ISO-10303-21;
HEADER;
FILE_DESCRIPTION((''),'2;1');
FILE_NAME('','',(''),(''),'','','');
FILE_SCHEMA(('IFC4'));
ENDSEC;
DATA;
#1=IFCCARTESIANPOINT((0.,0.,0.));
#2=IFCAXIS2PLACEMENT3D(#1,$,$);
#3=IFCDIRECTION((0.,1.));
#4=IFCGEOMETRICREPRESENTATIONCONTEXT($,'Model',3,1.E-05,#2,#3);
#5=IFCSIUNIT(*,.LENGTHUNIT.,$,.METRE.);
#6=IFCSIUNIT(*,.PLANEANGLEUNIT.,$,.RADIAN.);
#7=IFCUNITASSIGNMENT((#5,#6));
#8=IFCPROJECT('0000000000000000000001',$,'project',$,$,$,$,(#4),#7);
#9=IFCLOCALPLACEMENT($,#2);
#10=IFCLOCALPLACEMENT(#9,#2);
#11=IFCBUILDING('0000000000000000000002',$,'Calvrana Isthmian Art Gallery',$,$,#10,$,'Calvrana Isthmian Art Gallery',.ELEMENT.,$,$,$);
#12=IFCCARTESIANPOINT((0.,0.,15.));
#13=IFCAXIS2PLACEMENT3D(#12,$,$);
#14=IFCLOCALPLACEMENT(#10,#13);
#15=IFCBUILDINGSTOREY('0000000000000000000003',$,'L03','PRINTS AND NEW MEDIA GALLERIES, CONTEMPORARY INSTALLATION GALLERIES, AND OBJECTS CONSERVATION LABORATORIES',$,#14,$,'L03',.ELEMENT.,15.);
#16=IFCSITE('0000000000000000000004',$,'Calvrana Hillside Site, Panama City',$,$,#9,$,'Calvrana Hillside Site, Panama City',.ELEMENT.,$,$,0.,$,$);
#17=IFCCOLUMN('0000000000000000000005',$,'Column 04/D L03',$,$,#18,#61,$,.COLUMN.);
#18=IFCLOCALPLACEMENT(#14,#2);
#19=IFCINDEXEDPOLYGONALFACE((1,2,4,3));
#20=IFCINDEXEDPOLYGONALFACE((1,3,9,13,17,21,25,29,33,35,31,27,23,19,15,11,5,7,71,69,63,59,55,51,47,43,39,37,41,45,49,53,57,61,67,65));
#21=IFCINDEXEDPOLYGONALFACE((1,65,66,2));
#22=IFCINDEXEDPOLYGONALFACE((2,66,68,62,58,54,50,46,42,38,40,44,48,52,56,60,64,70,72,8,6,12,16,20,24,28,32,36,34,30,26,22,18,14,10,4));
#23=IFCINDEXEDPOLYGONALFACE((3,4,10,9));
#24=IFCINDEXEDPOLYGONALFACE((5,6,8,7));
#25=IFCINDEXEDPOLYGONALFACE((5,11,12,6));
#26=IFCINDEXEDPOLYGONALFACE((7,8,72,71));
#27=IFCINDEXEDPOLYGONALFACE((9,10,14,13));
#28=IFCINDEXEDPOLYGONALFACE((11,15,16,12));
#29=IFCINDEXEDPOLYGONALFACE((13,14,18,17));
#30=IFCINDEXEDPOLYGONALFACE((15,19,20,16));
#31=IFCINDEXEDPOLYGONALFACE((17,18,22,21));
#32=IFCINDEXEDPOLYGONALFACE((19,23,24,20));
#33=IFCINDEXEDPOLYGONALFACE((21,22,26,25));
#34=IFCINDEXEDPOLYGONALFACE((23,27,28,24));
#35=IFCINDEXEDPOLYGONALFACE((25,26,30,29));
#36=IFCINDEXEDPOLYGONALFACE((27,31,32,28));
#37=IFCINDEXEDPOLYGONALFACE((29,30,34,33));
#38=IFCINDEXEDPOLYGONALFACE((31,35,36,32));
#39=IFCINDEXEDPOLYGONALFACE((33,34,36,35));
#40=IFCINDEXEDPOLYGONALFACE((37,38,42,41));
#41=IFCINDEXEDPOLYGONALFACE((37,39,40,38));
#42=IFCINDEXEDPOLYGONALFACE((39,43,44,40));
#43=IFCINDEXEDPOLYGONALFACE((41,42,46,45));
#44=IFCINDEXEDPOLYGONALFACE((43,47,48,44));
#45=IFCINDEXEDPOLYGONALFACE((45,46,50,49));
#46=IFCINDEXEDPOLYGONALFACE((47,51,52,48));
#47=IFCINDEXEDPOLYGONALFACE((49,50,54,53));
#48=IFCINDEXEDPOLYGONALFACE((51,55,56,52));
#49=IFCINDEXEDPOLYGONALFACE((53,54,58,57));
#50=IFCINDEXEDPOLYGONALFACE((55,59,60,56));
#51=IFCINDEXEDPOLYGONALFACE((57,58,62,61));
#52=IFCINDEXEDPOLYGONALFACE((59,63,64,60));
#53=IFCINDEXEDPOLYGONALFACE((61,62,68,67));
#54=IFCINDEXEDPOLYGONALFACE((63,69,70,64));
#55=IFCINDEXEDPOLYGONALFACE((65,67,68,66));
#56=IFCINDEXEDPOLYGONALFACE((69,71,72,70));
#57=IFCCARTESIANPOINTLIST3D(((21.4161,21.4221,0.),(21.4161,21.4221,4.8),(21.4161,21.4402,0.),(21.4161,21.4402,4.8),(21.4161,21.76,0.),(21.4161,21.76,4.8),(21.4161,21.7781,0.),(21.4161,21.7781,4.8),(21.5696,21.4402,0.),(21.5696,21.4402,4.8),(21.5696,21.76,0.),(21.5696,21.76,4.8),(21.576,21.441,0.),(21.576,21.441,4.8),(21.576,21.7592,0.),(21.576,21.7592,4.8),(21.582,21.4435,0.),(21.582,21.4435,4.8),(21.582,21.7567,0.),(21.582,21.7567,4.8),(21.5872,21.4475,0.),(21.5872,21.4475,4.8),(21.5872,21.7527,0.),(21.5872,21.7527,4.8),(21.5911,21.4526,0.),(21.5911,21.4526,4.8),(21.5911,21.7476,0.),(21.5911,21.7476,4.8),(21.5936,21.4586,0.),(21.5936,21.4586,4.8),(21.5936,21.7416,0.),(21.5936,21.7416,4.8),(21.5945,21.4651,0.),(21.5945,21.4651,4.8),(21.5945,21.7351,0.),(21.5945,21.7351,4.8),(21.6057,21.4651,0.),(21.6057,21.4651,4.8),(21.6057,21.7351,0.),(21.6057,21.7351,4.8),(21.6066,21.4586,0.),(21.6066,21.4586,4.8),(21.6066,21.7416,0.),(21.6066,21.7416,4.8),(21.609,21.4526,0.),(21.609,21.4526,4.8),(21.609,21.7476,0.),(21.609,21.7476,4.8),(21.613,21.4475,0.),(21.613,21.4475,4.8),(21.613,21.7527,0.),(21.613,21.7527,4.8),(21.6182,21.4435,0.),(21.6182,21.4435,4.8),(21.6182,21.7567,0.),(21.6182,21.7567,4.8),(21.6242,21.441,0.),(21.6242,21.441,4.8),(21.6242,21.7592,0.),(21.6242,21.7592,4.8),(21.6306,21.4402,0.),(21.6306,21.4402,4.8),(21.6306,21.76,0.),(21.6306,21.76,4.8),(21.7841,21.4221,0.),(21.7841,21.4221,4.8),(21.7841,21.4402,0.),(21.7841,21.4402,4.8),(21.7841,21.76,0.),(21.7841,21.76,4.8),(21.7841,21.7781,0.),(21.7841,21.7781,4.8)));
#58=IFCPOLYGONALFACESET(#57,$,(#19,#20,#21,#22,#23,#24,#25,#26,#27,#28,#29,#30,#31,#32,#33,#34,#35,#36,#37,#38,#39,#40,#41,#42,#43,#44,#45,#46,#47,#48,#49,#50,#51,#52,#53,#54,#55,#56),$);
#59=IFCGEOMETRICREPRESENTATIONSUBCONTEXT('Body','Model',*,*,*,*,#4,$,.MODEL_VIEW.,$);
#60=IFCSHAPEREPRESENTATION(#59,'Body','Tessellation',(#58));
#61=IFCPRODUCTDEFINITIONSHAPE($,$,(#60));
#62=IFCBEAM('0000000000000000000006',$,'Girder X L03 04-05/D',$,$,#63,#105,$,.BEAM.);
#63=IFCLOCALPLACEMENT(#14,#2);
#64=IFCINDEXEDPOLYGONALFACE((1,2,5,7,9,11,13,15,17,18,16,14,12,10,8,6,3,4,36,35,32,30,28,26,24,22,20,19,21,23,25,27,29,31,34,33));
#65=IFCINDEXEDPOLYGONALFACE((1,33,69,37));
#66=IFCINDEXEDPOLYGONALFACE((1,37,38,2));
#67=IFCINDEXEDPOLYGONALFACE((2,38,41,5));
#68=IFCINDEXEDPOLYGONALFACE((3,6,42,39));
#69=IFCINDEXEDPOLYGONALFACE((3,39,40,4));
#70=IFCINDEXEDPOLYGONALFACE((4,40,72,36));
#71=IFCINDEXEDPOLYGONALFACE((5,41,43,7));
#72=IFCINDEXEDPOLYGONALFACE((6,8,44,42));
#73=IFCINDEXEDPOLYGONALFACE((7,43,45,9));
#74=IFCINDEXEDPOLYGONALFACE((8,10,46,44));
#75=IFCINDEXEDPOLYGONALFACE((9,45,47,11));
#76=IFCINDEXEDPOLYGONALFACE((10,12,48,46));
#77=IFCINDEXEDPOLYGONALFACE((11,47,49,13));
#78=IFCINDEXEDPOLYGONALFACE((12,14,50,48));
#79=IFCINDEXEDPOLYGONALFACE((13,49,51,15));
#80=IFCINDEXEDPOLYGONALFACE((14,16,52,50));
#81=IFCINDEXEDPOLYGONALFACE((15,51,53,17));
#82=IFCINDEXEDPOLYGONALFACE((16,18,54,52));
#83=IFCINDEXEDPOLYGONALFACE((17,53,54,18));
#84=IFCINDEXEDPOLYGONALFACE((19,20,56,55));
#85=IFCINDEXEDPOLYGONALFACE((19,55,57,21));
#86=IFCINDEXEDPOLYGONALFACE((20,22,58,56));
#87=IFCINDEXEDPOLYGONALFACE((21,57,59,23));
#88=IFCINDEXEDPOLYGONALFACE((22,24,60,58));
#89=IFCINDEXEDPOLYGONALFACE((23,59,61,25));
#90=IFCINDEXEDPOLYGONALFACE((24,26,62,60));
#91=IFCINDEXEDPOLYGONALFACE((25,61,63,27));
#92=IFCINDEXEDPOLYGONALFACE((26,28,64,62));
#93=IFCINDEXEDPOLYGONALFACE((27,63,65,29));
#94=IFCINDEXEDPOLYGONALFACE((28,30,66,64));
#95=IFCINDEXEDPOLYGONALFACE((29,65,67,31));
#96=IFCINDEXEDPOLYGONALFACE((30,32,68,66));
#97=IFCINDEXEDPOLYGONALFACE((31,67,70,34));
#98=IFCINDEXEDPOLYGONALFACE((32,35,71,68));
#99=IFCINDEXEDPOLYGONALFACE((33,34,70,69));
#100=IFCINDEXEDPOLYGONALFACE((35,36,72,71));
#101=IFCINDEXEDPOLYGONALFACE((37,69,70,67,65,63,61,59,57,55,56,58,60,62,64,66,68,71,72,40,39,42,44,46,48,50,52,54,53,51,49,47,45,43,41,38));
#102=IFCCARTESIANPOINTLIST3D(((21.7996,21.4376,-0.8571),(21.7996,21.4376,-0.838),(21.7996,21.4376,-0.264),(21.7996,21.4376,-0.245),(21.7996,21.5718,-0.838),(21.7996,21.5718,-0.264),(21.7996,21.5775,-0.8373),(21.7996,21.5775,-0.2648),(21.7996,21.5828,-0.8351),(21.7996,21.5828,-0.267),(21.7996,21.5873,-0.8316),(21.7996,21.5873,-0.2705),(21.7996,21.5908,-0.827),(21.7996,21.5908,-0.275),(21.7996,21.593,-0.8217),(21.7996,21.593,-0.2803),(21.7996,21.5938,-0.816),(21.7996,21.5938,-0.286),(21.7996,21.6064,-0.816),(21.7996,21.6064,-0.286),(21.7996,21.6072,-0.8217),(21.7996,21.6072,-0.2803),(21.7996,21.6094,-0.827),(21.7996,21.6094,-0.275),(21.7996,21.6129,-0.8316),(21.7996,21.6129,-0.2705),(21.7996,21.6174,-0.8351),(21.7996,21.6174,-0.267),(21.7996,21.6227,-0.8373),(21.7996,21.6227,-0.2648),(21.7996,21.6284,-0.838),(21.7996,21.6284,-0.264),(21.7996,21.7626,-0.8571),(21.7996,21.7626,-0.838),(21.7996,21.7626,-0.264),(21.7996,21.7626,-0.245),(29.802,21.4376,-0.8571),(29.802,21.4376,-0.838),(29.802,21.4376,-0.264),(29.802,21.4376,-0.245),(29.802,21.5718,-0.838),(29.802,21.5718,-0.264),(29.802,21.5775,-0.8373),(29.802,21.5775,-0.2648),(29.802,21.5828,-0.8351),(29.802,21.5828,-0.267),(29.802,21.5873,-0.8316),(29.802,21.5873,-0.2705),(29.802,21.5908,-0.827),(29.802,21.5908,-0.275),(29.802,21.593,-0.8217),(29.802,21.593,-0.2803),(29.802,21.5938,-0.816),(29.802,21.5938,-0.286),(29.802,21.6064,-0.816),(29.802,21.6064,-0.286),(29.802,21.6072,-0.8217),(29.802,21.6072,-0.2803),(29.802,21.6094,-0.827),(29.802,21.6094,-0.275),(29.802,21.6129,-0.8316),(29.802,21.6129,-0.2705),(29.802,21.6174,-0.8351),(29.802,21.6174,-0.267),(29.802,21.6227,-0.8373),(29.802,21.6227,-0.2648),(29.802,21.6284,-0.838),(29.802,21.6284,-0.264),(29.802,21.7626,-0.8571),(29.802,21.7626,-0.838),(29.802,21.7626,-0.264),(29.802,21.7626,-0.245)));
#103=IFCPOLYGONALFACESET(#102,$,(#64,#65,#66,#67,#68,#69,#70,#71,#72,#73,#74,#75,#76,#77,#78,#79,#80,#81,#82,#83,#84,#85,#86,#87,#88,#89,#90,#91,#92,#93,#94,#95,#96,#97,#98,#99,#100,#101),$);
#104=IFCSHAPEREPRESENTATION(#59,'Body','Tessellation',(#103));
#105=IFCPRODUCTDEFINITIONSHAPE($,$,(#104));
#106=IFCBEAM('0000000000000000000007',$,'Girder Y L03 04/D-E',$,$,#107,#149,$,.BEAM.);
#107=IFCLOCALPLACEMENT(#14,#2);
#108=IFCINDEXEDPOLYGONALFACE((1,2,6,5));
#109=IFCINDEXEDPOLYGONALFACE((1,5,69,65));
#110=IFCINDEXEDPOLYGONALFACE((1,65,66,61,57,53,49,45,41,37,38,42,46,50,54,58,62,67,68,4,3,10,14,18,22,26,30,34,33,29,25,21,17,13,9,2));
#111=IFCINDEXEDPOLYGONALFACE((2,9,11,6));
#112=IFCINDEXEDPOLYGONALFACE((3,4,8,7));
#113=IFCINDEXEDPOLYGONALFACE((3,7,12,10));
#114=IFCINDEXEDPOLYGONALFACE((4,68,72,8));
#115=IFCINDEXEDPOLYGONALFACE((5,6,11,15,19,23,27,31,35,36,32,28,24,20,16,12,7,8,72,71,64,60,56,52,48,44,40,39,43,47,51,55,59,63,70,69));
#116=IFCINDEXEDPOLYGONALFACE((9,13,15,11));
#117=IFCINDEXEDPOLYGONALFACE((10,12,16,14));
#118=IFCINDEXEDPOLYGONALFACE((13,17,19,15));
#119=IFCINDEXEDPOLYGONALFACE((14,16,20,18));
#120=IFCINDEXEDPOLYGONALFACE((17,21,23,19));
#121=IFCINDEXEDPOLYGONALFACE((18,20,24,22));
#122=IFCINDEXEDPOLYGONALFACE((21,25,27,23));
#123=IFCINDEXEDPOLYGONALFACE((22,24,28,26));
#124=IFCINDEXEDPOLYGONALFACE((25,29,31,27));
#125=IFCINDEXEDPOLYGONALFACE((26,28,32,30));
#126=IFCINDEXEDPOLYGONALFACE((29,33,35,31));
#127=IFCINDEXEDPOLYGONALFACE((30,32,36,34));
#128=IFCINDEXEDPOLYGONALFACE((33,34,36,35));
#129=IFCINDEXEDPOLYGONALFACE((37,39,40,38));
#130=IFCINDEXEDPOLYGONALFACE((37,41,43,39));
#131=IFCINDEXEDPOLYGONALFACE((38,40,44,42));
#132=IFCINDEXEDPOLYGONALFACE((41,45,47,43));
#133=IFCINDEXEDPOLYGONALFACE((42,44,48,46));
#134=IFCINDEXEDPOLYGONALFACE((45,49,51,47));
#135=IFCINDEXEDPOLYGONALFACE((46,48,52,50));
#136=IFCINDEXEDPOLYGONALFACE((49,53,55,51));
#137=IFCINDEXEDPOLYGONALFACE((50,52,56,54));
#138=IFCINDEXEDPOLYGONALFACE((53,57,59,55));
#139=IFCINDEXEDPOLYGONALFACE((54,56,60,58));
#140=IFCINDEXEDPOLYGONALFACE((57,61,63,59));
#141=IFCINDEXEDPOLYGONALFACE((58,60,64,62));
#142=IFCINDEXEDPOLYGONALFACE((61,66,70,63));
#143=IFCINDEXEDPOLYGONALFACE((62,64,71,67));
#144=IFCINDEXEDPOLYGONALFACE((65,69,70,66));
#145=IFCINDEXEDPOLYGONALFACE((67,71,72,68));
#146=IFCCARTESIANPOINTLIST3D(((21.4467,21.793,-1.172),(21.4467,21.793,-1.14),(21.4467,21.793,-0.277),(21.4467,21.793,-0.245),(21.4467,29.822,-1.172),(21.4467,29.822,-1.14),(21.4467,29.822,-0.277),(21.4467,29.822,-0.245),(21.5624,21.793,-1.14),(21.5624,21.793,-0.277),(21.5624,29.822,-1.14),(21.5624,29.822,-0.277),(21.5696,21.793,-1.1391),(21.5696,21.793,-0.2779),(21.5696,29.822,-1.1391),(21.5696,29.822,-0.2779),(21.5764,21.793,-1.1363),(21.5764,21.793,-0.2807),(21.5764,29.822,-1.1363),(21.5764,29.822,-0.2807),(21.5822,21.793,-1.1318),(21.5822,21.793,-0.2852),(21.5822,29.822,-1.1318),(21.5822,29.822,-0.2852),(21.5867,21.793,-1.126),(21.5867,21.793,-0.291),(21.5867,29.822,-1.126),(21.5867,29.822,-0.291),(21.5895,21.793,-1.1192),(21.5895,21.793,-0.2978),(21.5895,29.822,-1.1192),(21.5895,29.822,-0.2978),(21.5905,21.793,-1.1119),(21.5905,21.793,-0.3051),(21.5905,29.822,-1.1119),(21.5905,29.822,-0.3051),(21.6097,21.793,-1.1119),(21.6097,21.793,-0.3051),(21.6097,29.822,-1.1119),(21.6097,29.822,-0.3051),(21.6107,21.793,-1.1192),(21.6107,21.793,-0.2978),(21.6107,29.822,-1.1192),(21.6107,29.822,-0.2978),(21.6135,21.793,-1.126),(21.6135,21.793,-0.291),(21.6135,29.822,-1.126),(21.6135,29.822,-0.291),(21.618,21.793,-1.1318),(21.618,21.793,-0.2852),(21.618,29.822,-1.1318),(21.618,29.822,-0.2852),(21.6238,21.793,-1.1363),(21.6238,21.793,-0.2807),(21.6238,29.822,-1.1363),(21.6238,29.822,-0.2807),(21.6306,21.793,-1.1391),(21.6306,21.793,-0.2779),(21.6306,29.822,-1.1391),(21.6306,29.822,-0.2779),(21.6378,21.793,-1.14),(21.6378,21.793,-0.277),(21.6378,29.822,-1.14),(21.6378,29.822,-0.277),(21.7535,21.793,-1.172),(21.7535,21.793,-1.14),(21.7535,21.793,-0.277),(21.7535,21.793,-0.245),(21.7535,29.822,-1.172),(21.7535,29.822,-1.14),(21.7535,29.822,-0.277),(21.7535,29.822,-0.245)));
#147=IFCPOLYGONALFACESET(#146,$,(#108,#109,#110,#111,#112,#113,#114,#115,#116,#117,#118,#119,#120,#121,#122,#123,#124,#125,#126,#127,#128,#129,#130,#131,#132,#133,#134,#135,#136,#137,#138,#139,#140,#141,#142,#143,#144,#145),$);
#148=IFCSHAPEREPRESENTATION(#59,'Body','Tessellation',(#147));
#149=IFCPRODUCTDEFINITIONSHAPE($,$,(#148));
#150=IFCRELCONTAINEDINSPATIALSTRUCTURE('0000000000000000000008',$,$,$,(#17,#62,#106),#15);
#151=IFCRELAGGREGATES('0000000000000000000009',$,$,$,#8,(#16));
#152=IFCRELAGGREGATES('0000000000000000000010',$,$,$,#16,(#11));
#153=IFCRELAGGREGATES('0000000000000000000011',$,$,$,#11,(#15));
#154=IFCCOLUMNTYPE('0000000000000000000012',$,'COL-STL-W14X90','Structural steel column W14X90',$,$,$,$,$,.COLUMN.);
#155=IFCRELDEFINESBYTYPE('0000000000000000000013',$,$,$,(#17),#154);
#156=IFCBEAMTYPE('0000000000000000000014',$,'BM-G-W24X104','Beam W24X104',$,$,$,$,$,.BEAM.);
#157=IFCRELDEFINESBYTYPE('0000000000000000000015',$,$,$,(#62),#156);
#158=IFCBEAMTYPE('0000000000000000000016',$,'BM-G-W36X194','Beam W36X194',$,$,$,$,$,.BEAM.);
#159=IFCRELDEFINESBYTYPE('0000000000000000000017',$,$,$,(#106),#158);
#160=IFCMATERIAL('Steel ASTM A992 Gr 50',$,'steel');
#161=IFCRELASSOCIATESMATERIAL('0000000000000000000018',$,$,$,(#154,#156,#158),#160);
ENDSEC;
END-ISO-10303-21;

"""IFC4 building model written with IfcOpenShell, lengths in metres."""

from ifc_helpers import new_model, si_unit, direction, frame, origin, origin_2d, place, context, subcontext, project, spatial, i_section, extrude, material, material_profile, profile_set, type_object, element, save


model = new_model("IFC4")

# Units and contexts
model_context = context("Model", 3, precision=1e-05, world=origin(), true_north=direction((0.0, 1.0)))
body_context = subcontext(model_context, "Body", "Model", "MODEL_VIEW")
ifc_project = project(units=[si_unit("LENGTHUNIT", "METRE"), si_unit("PLANEANGLEUNIT", "RADIAN")], contexts=[model_context])

# Site, building, storey
site_placement = place(None, origin())
site = spatial("IfcSite", under=ifc_project, at=site_placement, Name="Calvrana Hillside Site, Panama City", LongName="Calvrana Hillside Site, Panama City", CompositionType="ELEMENT", RefElevation=0.0)
building_placement = place(site_placement, origin())
building = spatial("IfcBuilding", under=site, at=building_placement, Name="Calvrana Isthmian Art Gallery", LongName="Calvrana Isthmian Art Gallery", CompositionType="ELEMENT")
storey_placement = place(building_placement, frame((0.0, 0.0, 15.0)))
storey = spatial("IfcBuildingStorey", under=building, at=storey_placement, Name="L03", Description="PRINTS AND NEW MEDIA GALLERIES, CONTEMPORARY INSTALLATION GALLERIES, AND OBJECTS CONSERVATION LABORATORIES", LongName="L03", CompositionType="ELEMENT", Elevation=15.0)

# Column
ifc_material_1 = material(Name="Steel ASTM A992 Gr 50", Category="steel")
ifc_material_profile_1 = material_profile(ifc_material_1, i_section(OverallWidth=0.3679, OverallDepth=0.356, WebThickness=0.0112, FlangeThickness=0.0181, FilletRadius=0.0249, at=origin_2d()), Name="W14X90")
ifc_profile_set_1 = profile_set([ifc_material_profile_1], Name="Steel ASTM A992 Gr 50")
column_type = type_object("IfcColumnType", Name="COL-STL-W14X90", Description="Structural steel column W14X90", PredefinedType="COLUMN", material=ifc_profile_set_1)
column_placement = place(storey_placement, frame((21.6001, 21.6001, 0.0), z_axis=(0.0, 0.0, 1.0), x_axis=(1.0, 0.0, 0.0)))
element("IfcColumn", 1, at=column_placement, inside=storey, type_object=column_type, Name="Column 04/D L03", PredefinedType="COLUMN", context=body_context, shape_type="SweptSolid", body=[
    extrude(i_section(OverallWidth=0.3679, OverallDepth=0.356, WebThickness=0.0112, FlangeThickness=0.0181, FilletRadius=0.0249, at=origin_2d()), origin(), (0.0, 0.0, 1.0), 4.8),
])

# Beams
ifc_material_profile_2 = material_profile(ifc_material_1, i_section(OverallWidth=0.325, OverallDepth=0.6121, WebThickness=0.0127, FlangeThickness=0.019, FilletRadius=0.022, at=origin_2d()), Name="W24X104")
ifc_profile_set_2 = profile_set([ifc_material_profile_2], Name="Steel ASTM A992 Gr 50")
beam_type_1 = type_object("IfcBeamType", Name="BM-G-W24X104", Description="Beam W24X104", PredefinedType="BEAM", material=ifc_profile_set_2)
beam_1_placement = place(storey_placement, frame((21.7996, 21.6001, -0.551), z_axis=(1.0, 0.0, 0.0), x_axis=(0.0, 1.0, 0.0)))
element("IfcBeam", 2, at=beam_1_placement, inside=storey, type_object=beam_type_1, Name="Girder X L03 04-05/D", PredefinedType="BEAM", context=body_context, shape_type="SweptSolid", body=[
    extrude(i_section(OverallWidth=0.325, OverallDepth=0.6121, WebThickness=0.0127, FlangeThickness=0.019, FilletRadius=0.022, at=origin_2d()), origin(), (0.0, 0.0, 1.0), 8.0024),
])
ifc_material_profile_3 = material_profile(ifc_material_1, i_section(OverallWidth=0.3069, OverallDepth=0.927, WebThickness=0.0193, FlangeThickness=0.032, FilletRadius=0.0281, at=origin_2d()), Name="W36X194")
ifc_profile_set_3 = profile_set([ifc_material_profile_3], Name="Steel ASTM A992 Gr 50")
beam_type_2 = type_object("IfcBeamType", Name="BM-G-W36X194", Description="Beam W36X194", PredefinedType="BEAM", material=ifc_profile_set_3)
beam_2_placement = place(storey_placement, frame((21.6001, 21.793, -0.7085), z_axis=(0.0, 1.0, 0.0), x_axis=(-1.0, 0.0, 0.0)))
element("IfcBeam", 3, at=beam_2_placement, inside=storey, type_object=beam_type_2, Name="Girder Y L03 04/D-E", PredefinedType="BEAM", context=body_context, shape_type="SweptSolid", body=[
    extrude(i_section(OverallWidth=0.3069, OverallDepth=0.927, WebThickness=0.0193, FlangeThickness=0.032, FilletRadius=0.0281, at=origin_2d()), origin(), (0.0, 0.0, 1.0), 8.0291),
])

save(model, "model.ifc")
